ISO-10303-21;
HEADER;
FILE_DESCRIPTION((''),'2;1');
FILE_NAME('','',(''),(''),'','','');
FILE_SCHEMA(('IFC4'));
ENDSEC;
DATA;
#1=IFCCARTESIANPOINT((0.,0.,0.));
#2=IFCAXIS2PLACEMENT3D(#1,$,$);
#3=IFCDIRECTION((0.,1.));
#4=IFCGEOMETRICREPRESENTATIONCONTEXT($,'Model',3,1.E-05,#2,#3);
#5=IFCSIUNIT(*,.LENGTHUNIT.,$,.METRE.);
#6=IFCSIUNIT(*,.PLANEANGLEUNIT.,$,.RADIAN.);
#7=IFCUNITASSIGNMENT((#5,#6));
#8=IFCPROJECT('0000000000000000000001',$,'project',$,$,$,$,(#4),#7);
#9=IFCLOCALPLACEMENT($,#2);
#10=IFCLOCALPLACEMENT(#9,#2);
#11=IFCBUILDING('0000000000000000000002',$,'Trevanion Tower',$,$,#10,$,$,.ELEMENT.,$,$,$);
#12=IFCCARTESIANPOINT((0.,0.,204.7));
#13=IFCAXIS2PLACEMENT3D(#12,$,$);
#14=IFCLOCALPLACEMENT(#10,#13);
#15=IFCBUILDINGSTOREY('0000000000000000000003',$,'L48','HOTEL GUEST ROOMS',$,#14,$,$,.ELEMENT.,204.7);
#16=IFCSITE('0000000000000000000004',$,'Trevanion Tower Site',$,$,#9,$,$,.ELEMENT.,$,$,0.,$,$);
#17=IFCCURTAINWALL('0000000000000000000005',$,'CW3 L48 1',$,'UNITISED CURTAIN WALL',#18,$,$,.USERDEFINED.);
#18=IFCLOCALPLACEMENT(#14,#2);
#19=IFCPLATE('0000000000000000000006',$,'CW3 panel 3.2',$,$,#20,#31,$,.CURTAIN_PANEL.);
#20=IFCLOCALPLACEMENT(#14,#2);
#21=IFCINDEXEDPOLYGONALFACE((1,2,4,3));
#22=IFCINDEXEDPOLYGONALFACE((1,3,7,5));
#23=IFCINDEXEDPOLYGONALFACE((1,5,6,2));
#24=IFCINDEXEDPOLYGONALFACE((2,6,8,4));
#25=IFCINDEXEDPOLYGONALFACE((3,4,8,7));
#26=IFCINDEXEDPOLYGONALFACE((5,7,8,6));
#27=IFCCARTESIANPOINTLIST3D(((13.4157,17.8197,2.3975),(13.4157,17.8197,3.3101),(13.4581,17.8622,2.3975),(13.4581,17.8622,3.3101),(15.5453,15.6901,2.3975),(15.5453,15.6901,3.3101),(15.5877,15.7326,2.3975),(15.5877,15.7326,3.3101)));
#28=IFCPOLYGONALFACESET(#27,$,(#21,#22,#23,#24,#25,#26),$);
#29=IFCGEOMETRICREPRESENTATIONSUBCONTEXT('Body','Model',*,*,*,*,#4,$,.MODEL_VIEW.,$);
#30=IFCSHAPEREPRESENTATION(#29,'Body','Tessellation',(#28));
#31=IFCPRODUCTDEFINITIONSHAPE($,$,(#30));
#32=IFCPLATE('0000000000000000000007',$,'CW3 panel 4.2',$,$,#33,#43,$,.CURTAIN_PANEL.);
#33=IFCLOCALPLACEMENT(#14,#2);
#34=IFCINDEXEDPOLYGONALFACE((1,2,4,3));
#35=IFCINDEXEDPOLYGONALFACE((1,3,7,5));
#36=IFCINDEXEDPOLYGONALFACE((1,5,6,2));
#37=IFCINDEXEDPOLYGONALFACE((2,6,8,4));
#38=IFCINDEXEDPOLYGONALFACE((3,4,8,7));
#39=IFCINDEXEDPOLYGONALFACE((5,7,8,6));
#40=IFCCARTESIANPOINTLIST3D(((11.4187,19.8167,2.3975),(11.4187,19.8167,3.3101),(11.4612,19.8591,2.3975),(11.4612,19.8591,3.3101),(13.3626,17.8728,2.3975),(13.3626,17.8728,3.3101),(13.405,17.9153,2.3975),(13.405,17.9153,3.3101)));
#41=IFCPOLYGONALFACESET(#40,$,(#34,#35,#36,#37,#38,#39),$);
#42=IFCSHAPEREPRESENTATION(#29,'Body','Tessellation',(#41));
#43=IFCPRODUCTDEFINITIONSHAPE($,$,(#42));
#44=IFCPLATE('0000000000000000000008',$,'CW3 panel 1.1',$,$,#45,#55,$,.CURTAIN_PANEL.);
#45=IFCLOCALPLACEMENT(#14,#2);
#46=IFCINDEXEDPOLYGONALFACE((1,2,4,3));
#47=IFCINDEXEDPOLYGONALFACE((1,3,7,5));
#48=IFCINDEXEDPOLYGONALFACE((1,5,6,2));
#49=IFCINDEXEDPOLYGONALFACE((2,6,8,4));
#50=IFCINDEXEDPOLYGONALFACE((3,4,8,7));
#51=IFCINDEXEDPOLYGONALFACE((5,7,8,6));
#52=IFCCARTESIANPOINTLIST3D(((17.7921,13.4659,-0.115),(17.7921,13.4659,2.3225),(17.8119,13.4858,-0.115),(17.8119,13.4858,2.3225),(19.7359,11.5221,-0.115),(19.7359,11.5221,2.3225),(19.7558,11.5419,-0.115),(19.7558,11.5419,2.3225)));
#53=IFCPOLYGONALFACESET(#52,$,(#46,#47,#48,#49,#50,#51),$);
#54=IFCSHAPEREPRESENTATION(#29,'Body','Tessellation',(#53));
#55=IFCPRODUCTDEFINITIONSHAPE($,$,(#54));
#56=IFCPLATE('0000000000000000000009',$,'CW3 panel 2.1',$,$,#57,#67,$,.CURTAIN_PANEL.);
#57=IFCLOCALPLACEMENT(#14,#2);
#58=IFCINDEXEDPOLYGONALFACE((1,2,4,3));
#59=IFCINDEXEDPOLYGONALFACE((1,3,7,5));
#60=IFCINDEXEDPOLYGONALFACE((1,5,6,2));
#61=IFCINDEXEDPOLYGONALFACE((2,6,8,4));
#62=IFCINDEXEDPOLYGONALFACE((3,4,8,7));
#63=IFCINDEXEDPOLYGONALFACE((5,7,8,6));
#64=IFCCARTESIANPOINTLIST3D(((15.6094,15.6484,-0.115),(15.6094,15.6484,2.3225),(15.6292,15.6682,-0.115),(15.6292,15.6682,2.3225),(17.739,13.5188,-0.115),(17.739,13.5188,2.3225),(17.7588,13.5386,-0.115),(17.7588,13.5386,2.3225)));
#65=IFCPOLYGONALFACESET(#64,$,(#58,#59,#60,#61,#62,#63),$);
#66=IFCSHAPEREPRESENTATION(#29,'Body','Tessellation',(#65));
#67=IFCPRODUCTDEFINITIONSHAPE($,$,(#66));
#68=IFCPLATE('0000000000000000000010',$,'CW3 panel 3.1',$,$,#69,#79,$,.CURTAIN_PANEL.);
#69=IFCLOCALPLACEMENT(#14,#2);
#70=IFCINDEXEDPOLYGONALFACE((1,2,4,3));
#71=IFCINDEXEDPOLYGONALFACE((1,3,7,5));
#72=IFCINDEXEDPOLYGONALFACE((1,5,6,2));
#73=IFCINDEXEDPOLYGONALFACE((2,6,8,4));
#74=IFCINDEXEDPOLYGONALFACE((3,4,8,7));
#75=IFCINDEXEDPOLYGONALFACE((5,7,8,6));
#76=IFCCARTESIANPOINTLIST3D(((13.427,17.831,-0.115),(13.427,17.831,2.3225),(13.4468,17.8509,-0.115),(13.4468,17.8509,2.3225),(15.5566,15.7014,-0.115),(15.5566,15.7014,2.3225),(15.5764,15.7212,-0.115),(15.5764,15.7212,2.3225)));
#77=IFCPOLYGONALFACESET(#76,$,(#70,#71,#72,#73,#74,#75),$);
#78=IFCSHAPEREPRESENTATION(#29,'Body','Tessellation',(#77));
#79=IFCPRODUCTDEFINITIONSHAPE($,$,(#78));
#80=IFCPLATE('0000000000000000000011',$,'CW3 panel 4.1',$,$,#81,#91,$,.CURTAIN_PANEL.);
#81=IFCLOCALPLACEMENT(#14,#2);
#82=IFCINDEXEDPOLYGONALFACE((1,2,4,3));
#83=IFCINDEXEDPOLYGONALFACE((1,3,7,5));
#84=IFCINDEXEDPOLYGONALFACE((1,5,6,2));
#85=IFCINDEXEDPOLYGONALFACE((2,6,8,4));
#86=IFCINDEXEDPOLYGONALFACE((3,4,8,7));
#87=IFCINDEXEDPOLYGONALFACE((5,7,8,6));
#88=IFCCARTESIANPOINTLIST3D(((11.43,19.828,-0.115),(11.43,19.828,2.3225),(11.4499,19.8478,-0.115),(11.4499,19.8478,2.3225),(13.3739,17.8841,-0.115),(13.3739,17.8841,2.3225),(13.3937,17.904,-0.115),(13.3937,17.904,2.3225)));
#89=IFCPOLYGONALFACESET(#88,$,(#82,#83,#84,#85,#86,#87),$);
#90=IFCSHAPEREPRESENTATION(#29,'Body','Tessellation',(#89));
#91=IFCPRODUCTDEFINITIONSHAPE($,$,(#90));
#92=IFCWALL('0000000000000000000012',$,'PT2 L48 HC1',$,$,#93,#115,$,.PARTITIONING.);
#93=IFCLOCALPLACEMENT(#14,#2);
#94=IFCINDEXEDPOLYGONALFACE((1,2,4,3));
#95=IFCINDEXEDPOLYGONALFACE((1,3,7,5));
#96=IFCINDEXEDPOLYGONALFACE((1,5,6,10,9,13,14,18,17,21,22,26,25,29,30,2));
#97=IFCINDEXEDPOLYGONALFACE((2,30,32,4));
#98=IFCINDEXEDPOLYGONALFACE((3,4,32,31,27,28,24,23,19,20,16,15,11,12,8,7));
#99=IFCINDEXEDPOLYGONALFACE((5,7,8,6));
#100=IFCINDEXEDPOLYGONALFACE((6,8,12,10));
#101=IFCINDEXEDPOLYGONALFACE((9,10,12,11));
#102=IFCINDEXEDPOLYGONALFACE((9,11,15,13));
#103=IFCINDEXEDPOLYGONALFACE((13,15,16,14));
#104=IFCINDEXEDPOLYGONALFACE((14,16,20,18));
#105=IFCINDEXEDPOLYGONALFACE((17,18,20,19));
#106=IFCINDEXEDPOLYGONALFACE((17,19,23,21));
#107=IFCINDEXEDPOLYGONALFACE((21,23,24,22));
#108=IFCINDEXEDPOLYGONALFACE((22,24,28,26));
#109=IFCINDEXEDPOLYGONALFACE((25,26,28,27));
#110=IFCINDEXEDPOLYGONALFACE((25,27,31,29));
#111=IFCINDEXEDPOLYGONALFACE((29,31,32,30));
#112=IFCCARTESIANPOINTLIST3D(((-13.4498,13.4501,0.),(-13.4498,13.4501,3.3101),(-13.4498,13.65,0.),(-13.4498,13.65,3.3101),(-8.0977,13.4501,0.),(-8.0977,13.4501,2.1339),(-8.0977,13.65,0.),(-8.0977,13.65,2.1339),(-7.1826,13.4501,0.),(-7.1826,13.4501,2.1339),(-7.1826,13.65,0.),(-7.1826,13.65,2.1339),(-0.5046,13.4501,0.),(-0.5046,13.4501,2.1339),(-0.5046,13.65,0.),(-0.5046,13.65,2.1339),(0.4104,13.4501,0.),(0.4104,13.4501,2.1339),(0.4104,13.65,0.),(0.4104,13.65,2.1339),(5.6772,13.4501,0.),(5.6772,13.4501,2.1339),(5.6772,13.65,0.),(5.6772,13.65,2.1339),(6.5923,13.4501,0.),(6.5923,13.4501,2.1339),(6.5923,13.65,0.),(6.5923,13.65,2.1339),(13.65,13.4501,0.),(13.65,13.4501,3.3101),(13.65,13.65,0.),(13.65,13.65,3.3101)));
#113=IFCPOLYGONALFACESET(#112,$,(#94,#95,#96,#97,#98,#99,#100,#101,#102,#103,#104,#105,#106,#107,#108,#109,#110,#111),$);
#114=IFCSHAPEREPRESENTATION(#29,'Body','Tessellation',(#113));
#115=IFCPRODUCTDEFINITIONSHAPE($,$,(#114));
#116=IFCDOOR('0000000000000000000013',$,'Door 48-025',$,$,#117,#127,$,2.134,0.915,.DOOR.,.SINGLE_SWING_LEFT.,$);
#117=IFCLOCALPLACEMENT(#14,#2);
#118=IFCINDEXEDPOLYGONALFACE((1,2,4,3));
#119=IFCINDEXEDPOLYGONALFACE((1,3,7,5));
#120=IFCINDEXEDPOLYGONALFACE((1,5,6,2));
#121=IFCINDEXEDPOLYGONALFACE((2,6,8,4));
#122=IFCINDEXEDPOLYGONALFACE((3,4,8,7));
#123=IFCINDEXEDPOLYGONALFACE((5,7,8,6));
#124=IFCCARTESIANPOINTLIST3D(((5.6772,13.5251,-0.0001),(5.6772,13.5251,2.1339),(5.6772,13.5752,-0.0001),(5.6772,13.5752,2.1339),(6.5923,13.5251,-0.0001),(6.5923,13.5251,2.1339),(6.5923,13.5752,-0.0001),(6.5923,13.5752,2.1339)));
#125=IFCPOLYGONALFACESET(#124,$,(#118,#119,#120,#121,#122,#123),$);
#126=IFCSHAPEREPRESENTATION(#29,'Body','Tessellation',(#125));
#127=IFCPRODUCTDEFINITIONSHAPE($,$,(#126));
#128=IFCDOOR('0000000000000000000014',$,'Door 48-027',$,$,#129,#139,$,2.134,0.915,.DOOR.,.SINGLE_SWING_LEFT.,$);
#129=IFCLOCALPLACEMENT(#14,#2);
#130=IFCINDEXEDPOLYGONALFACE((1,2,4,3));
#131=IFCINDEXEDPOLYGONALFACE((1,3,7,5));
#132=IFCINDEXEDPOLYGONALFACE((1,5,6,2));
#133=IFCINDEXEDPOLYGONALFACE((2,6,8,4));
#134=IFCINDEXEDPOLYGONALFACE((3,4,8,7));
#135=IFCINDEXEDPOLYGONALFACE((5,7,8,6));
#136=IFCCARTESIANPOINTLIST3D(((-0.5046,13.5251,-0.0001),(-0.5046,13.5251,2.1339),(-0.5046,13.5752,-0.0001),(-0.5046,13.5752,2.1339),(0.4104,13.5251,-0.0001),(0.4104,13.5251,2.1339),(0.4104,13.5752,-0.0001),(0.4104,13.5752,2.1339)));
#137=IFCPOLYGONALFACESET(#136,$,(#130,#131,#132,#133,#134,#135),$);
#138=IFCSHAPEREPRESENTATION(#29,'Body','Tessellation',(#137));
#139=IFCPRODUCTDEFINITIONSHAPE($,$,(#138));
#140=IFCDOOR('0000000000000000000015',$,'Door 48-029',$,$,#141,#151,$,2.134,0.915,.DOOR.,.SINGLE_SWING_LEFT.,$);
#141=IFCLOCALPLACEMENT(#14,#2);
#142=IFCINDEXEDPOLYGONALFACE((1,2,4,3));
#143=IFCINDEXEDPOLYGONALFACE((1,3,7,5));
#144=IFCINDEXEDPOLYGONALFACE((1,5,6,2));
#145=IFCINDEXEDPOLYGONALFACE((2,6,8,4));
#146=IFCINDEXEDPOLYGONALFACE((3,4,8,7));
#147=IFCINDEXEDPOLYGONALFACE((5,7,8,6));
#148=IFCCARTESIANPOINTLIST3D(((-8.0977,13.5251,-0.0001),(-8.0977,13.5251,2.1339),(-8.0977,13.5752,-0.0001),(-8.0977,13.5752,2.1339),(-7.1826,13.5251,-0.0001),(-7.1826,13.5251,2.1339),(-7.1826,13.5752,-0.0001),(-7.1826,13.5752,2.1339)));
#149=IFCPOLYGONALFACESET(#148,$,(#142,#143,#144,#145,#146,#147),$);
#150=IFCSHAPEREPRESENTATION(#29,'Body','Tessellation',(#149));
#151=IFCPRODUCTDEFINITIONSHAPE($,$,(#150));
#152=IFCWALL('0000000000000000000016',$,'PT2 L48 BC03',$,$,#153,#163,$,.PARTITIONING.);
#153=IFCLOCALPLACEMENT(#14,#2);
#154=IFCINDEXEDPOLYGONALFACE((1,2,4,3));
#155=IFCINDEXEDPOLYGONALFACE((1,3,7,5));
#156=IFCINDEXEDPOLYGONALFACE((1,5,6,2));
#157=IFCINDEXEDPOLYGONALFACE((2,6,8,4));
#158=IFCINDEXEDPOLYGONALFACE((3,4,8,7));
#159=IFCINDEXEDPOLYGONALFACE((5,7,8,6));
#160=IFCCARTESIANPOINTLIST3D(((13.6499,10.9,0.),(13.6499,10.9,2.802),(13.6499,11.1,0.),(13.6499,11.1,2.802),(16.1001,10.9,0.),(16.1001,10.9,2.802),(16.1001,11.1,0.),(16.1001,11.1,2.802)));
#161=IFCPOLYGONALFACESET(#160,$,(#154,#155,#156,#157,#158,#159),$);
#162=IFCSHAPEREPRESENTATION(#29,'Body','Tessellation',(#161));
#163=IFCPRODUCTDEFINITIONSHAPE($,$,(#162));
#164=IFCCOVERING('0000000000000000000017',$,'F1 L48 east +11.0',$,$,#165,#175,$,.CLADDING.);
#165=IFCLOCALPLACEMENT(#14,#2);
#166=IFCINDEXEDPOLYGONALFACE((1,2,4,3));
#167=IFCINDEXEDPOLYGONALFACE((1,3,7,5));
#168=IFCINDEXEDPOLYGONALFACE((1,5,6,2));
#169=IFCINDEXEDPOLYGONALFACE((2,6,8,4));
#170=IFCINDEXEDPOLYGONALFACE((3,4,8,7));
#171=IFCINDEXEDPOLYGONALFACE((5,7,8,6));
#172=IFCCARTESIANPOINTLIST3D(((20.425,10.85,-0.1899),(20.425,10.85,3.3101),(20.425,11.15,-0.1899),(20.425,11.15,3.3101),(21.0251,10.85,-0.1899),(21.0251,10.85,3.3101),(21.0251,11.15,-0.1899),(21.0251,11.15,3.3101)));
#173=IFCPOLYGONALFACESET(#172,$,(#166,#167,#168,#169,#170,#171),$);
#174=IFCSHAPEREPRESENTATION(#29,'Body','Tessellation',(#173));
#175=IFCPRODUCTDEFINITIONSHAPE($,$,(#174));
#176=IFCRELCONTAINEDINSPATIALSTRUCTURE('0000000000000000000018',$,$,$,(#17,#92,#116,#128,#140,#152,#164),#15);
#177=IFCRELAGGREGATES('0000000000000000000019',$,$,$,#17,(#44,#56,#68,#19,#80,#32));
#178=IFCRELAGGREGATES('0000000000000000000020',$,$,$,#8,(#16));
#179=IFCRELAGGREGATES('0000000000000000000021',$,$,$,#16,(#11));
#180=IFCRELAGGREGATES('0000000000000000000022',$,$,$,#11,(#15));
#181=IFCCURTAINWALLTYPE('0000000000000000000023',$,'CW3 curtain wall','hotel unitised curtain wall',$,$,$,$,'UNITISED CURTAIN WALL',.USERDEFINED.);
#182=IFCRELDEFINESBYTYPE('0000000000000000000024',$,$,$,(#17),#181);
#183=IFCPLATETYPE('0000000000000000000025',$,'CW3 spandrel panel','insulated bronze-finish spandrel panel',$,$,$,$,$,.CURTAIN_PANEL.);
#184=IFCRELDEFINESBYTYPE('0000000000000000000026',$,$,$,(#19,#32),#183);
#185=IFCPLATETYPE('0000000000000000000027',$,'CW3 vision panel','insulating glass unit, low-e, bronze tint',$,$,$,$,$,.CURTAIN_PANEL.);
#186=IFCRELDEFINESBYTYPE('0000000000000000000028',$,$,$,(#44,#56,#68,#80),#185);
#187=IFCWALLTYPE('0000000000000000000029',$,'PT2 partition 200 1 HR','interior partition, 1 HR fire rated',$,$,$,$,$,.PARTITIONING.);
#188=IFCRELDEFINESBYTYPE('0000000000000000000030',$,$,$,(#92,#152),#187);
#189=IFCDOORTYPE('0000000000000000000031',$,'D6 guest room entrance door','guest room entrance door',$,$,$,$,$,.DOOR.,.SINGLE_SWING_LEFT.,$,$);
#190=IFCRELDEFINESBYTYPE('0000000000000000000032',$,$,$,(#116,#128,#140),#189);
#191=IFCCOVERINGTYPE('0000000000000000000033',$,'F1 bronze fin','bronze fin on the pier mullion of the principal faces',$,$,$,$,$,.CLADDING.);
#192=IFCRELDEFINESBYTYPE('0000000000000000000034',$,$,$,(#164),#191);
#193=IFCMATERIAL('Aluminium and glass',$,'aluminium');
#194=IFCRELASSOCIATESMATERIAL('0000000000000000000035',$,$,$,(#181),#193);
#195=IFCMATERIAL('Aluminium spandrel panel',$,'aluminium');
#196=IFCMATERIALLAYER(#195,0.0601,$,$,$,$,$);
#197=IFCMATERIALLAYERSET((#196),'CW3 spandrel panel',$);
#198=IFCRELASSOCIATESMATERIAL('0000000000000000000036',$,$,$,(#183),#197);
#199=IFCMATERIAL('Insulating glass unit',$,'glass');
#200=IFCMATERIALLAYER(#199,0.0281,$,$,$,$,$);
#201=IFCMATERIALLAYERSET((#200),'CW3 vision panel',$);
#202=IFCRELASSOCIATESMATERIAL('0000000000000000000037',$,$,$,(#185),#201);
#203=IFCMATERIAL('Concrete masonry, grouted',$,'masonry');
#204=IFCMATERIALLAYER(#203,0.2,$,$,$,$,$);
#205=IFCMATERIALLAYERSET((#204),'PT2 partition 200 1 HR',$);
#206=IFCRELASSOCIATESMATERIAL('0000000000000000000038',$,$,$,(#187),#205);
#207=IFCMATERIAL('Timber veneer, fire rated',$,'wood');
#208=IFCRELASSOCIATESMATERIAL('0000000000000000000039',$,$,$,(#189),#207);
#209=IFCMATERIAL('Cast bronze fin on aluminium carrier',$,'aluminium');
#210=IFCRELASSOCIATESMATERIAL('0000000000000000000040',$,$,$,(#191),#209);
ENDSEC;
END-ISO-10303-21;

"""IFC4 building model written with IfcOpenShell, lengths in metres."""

from ifc_helpers import new_model, si_unit, direction, frame, frame_2d, origin, origin_2d, place, context, subcontext, project, spatial, rectangle, extrude, material, layer, layer_set, type_object, element, fill, aggregate, save


model = new_model("IFC4")

# Units and contexts
model_context = context("Model", 3, precision=1e-05, world=origin(), true_north=direction((0.0, 1.0)))
body_context = subcontext(model_context, "Body", "Model", "MODEL_VIEW")
ifc_project = project(units=[si_unit("LENGTHUNIT", "METRE"), si_unit("PLANEANGLEUNIT", "RADIAN")], contexts=[model_context])

# Site, building, storey
site_placement = place(None, origin())
site = spatial("IfcSite", under=ifc_project, at=site_placement, Name="Trevanion Tower Site", CompositionType="ELEMENT", RefElevation=0.0)
building_placement = place(site_placement, origin())
building = spatial("IfcBuilding", under=site, at=building_placement, Name="Trevanion Tower", CompositionType="ELEMENT")
storey_placement = place(building_placement, frame((0.0, 0.0, 204.7)))
storey = spatial("IfcBuildingStorey", under=building, at=storey_placement, Name="L48", Description="HOTEL GUEST ROOMS", CompositionType="ELEMENT", Elevation=204.7)

# Curtain wall
ifc_material_1 = material(Name="Aluminium and glass", Category="aluminium")
curtain_wall_type = type_object("IfcCurtainWallType", Name="CW3 curtain wall", Description="hotel unitised curtain wall", ElementType="UNITISED CURTAIN WALL", PredefinedType="USERDEFINED", material=ifc_material_1)
curtain_wall_1_placement = place(storey_placement, origin())
curtain_wall_1 = element("IfcCurtainWall", 1, at=curtain_wall_1_placement, inside=storey, type_object=curtain_wall_type, Name="CW3 L48 1", ObjectType="UNITISED CURTAIN WALL", PredefinedType="USERDEFINED")

# Plates
ifc_material_2 = material(Name="Aluminium spandrel panel", Category="aluminium")
ifc_layer_1 = layer(ifc_material_2, 0.0601)
ifc_layer_set_1 = layer_set([ifc_layer_1], Name="CW3 spandrel panel")
plate_type_1 = type_object("IfcPlateType", Name="CW3 spandrel panel", Description="insulated bronze-finish spandrel panel", PredefinedType="CURTAIN_PANEL", material=ifc_layer_set_1)
plate_1_placement = place(storey_placement, frame((14.5017, 16.7761, 2.3975), z_axis=(0.0, 0.0, 1.0), x_axis=(-0.707107, 0.707107, 0.0)))
plate_1 = element("IfcPlate", 2, at=plate_1_placement, type_object=plate_type_1, Name="CW3 panel 3.2", PredefinedType="CURTAIN_PANEL", context=body_context, shape_type="SweptSolid", body=[
    extrude(rectangle(XDim=3.0117, YDim=0.0601, at=origin_2d()), origin(), (0.0, 0.0, 1.0), 0.9126),
])
plate_2_placement = place(storey_placement, frame((12.4119, 18.866, 2.3975), z_axis=(0.0, 0.0, 1.0), x_axis=(-0.707107, 0.707107, 0.0)))
plate_2 = element("IfcPlate", 3, at=plate_2_placement, type_object=plate_type_1, Name="CW3 panel 4.2", PredefinedType="CURTAIN_PANEL", context=body_context, shape_type="SweptSolid", body=[
    extrude(rectangle(XDim=2.749, YDim=0.0601, at=origin_2d()), origin(), (0.0, 0.0, 1.0), 0.9126),
])
ifc_material_3 = material(Name="Insulating glass unit", Category="glass")
ifc_layer_2 = layer(ifc_material_3, 0.0281)
ifc_layer_set_2 = layer_set([ifc_layer_2], Name="CW3 vision panel")
plate_type_2 = type_object("IfcPlateType", Name="CW3 vision panel", Description="insulating glass unit, low-e, bronze tint", PredefinedType="CURTAIN_PANEL", material=ifc_layer_set_2)
plate_3_placement = place(storey_placement, frame((18.7739, 12.5039, -0.115), z_axis=(0.0, 0.0, 1.0), x_axis=(-0.707107, 0.707107, 0.0)))
plate_3 = element("IfcPlate", 4, at=plate_3_placement, type_object=plate_type_2, Name="CW3 panel 1.1", PredefinedType="CURTAIN_PANEL", context=body_context, shape_type="SweptSolid", body=[
    extrude(rectangle(XDim=2.749, YDim=0.0281, at=origin_2d()), origin(), (0.0, 0.0, 1.0), 2.4375),
])
plate_4_placement = place(storey_placement, frame((16.6841, 14.5935, -0.115), z_axis=(0.0, 0.0, 1.0), x_axis=(-0.707107, 0.707107, 0.0)))
plate_4 = element("IfcPlate", 5, at=plate_4_placement, type_object=plate_type_2, Name="CW3 panel 2.1", PredefinedType="CURTAIN_PANEL", context=body_context, shape_type="SweptSolid", body=[
    extrude(rectangle(XDim=3.0117, YDim=0.0281, at=origin_2d()), origin(), (0.0, 0.0, 1.0), 2.4375),
])
plate_5_placement = place(storey_placement, frame((14.5017, 16.7761, -0.115), z_axis=(0.0, 0.0, 1.0), x_axis=(-0.707107, 0.707107, 0.0)))
plate_5 = element("IfcPlate", 6, at=plate_5_placement, type_object=plate_type_2, Name="CW3 panel 3.1", PredefinedType="CURTAIN_PANEL", context=body_context, shape_type="SweptSolid", body=[
    extrude(rectangle(XDim=3.0117, YDim=0.0281, at=origin_2d()), origin(), (0.0, 0.0, 1.0), 2.4375),
])
plate_6_placement = place(storey_placement, frame((12.4119, 18.866, -0.115), z_axis=(0.0, 0.0, 1.0), x_axis=(-0.707107, 0.707107, 0.0)))
plate_6 = element("IfcPlate", 7, at=plate_6_placement, type_object=plate_type_2, Name="CW3 panel 4.1", PredefinedType="CURTAIN_PANEL", context=body_context, shape_type="SweptSolid", body=[
    extrude(rectangle(XDim=2.749, YDim=0.0281, at=origin_2d()), origin(), (0.0, 0.0, 1.0), 2.4375),
])
aggregate(curtain_wall_1, [plate_3, plate_4, plate_5, plate_1, plate_6, plate_2])

# Wall, openings, doors
ifc_material_4 = material(Name="Concrete masonry, grouted", Category="masonry")
ifc_layer_3 = layer(ifc_material_4, 0.2)
ifc_layer_set_3 = layer_set([ifc_layer_3], Name="PT2 partition 200 1 HR")
wall_type = type_object("IfcWallType", Name="PT2 partition 200 1 HR", Description="interior partition, 1 HR fire rated", PredefinedType="PARTITIONING", material=ifc_layer_set_3)
wall_1_placement = place(storey_placement, frame((13.6499, 13.55, 0.0), z_axis=(0.0, 0.0, 1.0), x_axis=(-1.0, 0.0, 0.0)))
wall_1 = element("IfcWall", 8, at=wall_1_placement, inside=storey, type_object=wall_type, Name="PT2 L48 HC1", PredefinedType="PARTITIONING", context=body_context, shape_type="SweptSolid", body=[
    extrude(rectangle(XDim=27.0999, YDim=0.2, at=frame_2d((13.5498, 0.0))), origin(), (0.0, 0.0, 1.0), 3.3101),
])
opening_1_placement = place(wall_1_placement, frame((7.0576, 0.0, 0.0)))
opening_1 = element("IfcOpeningElement", 9, at=opening_1_placement, cuts=wall_1, PredefinedType="OPENING", context=body_context, shape_type="SweptSolid", body=[
    extrude(rectangle(XDim=0.915, YDim=2.134, at=frame_2d((0.4575, 1.0669))), frame((0.0, 0.1099, 0.0), z_axis=(0.0, -1.0, 0.0), x_axis=(1.0, 0.0, 0.0)), (0.0, 0.0, 1.0), 0.22),
])
opening_2_placement = place(wall_1_placement, frame((13.2395, 0.0, 0.0)))
opening_2 = element("IfcOpeningElement", 10, at=opening_2_placement, cuts=wall_1, PredefinedType="OPENING", context=body_context, shape_type="SweptSolid", body=[
    extrude(rectangle(XDim=0.915, YDim=2.134, at=frame_2d((0.4575, 1.0669))), frame((0.0, 0.1099, 0.0), z_axis=(0.0, -1.0, 0.0), x_axis=(1.0, 0.0, 0.0)), (0.0, 0.0, 1.0), 0.22),
])
opening_3_placement = place(wall_1_placement, frame((20.8325, 0.0, 0.0)))
opening_3 = element("IfcOpeningElement", 11, at=opening_3_placement, cuts=wall_1, PredefinedType="OPENING", context=body_context, shape_type="SweptSolid", body=[
    extrude(rectangle(XDim=0.915, YDim=2.134, at=frame_2d((0.4575, 1.0669))), frame((0.0, 0.1099, 0.0), z_axis=(0.0, -1.0, 0.0), x_axis=(1.0, 0.0, 0.0)), (0.0, 0.0, 1.0), 0.22),
])
ifc_material_5 = material(Name="Timber veneer, fire rated", Category="wood")
door_type = type_object("IfcDoorType", Name="D6 guest room entrance door", Description="guest room entrance door", OperationType="SINGLE_SWING_LEFT", PredefinedType="DOOR", material=ifc_material_5)
door_1_placement = place(opening_1_placement, origin())
door_1 = element("IfcDoor", 12, at=door_1_placement, inside=storey, type_object=door_type, Name="Door 48-025", OperationType="SINGLE_SWING_LEFT", OverallHeight=2.134, OverallWidth=0.915, PredefinedType="DOOR", context=body_context, shape_type="SweptSolid", body=[
    extrude(rectangle(XDim=0.915, YDim=2.134, at=frame_2d((0.4575, 1.0669))), frame((0.0, 0.0249, 0.0), z_axis=(0.0, -1.0, 0.0), x_axis=(1.0, 0.0, 0.0)), (0.0, 0.0, 1.0), 0.05),
])
fill(opening_1, door_1)
door_2_placement = place(opening_2_placement, origin())
door_2 = element("IfcDoor", 13, at=door_2_placement, inside=storey, type_object=door_type, Name="Door 48-027", OperationType="SINGLE_SWING_LEFT", OverallHeight=2.134, OverallWidth=0.915, PredefinedType="DOOR", context=body_context, shape_type="SweptSolid", body=[
    extrude(rectangle(XDim=0.915, YDim=2.134, at=frame_2d((0.4575, 1.0669))), frame((0.0, 0.0249, 0.0), z_axis=(0.0, -1.0, 0.0), x_axis=(1.0, 0.0, 0.0)), (0.0, 0.0, 1.0), 0.05),
])
fill(opening_2, door_2)
door_3_placement = place(opening_3_placement, origin())
door_3 = element("IfcDoor", 14, at=door_3_placement, inside=storey, type_object=door_type, Name="Door 48-029", OperationType="SINGLE_SWING_LEFT", OverallHeight=2.134, OverallWidth=0.915, PredefinedType="DOOR", context=body_context, shape_type="SweptSolid", body=[
    extrude(rectangle(XDim=0.915, YDim=2.134, at=frame_2d((0.4575, 1.0669))), frame((0.0, 0.0249, 0.0), z_axis=(0.0, -1.0, 0.0), x_axis=(1.0, 0.0, 0.0)), (0.0, 0.0, 1.0), 0.05),
])
fill(opening_3, door_3)

# Wall
wall_2_placement = place(storey_placement, frame((13.6499, 11.0, 0.0), z_axis=(0.0, 0.0, 1.0), x_axis=(1.0, 0.0, 0.0)))
element("IfcWall", 15, at=wall_2_placement, inside=storey, type_object=wall_type, Name="PT2 L48 BC03", PredefinedType="PARTITIONING", context=body_context, shape_type="SweptSolid", body=[
    extrude(rectangle(XDim=2.4502, YDim=0.2, at=frame_2d((1.2251, 0.0))), origin(), (0.0, 0.0, 1.0), 2.802),
])

# Covering
ifc_material_6 = material(Name="Cast bronze fin on aluminium carrier", Category="aluminium")
covering_type = type_object("IfcCoveringType", Name="F1 bronze fin", Description="bronze fin on the pier mullion of the principal faces", PredefinedType="CLADDING", material=ifc_material_6)
covering_placement = place(storey_placement, frame((20.7251, 11.0, -0.1899), z_axis=(0.0, 0.0, 1.0), x_axis=(0.0, 1.0, 0.0)))
element("IfcCovering", 16, at=covering_placement, inside=storey, type_object=covering_type, Name="F1 L48 east +11.0", PredefinedType="CLADDING", context=body_context, shape_type="SweptSolid", body=[
    extrude(rectangle(XDim=0.3, YDim=0.6001, at=origin_2d()), origin(), (0.0, 0.0, 1.0), 3.5),
])

save(model, "model.ifc")
